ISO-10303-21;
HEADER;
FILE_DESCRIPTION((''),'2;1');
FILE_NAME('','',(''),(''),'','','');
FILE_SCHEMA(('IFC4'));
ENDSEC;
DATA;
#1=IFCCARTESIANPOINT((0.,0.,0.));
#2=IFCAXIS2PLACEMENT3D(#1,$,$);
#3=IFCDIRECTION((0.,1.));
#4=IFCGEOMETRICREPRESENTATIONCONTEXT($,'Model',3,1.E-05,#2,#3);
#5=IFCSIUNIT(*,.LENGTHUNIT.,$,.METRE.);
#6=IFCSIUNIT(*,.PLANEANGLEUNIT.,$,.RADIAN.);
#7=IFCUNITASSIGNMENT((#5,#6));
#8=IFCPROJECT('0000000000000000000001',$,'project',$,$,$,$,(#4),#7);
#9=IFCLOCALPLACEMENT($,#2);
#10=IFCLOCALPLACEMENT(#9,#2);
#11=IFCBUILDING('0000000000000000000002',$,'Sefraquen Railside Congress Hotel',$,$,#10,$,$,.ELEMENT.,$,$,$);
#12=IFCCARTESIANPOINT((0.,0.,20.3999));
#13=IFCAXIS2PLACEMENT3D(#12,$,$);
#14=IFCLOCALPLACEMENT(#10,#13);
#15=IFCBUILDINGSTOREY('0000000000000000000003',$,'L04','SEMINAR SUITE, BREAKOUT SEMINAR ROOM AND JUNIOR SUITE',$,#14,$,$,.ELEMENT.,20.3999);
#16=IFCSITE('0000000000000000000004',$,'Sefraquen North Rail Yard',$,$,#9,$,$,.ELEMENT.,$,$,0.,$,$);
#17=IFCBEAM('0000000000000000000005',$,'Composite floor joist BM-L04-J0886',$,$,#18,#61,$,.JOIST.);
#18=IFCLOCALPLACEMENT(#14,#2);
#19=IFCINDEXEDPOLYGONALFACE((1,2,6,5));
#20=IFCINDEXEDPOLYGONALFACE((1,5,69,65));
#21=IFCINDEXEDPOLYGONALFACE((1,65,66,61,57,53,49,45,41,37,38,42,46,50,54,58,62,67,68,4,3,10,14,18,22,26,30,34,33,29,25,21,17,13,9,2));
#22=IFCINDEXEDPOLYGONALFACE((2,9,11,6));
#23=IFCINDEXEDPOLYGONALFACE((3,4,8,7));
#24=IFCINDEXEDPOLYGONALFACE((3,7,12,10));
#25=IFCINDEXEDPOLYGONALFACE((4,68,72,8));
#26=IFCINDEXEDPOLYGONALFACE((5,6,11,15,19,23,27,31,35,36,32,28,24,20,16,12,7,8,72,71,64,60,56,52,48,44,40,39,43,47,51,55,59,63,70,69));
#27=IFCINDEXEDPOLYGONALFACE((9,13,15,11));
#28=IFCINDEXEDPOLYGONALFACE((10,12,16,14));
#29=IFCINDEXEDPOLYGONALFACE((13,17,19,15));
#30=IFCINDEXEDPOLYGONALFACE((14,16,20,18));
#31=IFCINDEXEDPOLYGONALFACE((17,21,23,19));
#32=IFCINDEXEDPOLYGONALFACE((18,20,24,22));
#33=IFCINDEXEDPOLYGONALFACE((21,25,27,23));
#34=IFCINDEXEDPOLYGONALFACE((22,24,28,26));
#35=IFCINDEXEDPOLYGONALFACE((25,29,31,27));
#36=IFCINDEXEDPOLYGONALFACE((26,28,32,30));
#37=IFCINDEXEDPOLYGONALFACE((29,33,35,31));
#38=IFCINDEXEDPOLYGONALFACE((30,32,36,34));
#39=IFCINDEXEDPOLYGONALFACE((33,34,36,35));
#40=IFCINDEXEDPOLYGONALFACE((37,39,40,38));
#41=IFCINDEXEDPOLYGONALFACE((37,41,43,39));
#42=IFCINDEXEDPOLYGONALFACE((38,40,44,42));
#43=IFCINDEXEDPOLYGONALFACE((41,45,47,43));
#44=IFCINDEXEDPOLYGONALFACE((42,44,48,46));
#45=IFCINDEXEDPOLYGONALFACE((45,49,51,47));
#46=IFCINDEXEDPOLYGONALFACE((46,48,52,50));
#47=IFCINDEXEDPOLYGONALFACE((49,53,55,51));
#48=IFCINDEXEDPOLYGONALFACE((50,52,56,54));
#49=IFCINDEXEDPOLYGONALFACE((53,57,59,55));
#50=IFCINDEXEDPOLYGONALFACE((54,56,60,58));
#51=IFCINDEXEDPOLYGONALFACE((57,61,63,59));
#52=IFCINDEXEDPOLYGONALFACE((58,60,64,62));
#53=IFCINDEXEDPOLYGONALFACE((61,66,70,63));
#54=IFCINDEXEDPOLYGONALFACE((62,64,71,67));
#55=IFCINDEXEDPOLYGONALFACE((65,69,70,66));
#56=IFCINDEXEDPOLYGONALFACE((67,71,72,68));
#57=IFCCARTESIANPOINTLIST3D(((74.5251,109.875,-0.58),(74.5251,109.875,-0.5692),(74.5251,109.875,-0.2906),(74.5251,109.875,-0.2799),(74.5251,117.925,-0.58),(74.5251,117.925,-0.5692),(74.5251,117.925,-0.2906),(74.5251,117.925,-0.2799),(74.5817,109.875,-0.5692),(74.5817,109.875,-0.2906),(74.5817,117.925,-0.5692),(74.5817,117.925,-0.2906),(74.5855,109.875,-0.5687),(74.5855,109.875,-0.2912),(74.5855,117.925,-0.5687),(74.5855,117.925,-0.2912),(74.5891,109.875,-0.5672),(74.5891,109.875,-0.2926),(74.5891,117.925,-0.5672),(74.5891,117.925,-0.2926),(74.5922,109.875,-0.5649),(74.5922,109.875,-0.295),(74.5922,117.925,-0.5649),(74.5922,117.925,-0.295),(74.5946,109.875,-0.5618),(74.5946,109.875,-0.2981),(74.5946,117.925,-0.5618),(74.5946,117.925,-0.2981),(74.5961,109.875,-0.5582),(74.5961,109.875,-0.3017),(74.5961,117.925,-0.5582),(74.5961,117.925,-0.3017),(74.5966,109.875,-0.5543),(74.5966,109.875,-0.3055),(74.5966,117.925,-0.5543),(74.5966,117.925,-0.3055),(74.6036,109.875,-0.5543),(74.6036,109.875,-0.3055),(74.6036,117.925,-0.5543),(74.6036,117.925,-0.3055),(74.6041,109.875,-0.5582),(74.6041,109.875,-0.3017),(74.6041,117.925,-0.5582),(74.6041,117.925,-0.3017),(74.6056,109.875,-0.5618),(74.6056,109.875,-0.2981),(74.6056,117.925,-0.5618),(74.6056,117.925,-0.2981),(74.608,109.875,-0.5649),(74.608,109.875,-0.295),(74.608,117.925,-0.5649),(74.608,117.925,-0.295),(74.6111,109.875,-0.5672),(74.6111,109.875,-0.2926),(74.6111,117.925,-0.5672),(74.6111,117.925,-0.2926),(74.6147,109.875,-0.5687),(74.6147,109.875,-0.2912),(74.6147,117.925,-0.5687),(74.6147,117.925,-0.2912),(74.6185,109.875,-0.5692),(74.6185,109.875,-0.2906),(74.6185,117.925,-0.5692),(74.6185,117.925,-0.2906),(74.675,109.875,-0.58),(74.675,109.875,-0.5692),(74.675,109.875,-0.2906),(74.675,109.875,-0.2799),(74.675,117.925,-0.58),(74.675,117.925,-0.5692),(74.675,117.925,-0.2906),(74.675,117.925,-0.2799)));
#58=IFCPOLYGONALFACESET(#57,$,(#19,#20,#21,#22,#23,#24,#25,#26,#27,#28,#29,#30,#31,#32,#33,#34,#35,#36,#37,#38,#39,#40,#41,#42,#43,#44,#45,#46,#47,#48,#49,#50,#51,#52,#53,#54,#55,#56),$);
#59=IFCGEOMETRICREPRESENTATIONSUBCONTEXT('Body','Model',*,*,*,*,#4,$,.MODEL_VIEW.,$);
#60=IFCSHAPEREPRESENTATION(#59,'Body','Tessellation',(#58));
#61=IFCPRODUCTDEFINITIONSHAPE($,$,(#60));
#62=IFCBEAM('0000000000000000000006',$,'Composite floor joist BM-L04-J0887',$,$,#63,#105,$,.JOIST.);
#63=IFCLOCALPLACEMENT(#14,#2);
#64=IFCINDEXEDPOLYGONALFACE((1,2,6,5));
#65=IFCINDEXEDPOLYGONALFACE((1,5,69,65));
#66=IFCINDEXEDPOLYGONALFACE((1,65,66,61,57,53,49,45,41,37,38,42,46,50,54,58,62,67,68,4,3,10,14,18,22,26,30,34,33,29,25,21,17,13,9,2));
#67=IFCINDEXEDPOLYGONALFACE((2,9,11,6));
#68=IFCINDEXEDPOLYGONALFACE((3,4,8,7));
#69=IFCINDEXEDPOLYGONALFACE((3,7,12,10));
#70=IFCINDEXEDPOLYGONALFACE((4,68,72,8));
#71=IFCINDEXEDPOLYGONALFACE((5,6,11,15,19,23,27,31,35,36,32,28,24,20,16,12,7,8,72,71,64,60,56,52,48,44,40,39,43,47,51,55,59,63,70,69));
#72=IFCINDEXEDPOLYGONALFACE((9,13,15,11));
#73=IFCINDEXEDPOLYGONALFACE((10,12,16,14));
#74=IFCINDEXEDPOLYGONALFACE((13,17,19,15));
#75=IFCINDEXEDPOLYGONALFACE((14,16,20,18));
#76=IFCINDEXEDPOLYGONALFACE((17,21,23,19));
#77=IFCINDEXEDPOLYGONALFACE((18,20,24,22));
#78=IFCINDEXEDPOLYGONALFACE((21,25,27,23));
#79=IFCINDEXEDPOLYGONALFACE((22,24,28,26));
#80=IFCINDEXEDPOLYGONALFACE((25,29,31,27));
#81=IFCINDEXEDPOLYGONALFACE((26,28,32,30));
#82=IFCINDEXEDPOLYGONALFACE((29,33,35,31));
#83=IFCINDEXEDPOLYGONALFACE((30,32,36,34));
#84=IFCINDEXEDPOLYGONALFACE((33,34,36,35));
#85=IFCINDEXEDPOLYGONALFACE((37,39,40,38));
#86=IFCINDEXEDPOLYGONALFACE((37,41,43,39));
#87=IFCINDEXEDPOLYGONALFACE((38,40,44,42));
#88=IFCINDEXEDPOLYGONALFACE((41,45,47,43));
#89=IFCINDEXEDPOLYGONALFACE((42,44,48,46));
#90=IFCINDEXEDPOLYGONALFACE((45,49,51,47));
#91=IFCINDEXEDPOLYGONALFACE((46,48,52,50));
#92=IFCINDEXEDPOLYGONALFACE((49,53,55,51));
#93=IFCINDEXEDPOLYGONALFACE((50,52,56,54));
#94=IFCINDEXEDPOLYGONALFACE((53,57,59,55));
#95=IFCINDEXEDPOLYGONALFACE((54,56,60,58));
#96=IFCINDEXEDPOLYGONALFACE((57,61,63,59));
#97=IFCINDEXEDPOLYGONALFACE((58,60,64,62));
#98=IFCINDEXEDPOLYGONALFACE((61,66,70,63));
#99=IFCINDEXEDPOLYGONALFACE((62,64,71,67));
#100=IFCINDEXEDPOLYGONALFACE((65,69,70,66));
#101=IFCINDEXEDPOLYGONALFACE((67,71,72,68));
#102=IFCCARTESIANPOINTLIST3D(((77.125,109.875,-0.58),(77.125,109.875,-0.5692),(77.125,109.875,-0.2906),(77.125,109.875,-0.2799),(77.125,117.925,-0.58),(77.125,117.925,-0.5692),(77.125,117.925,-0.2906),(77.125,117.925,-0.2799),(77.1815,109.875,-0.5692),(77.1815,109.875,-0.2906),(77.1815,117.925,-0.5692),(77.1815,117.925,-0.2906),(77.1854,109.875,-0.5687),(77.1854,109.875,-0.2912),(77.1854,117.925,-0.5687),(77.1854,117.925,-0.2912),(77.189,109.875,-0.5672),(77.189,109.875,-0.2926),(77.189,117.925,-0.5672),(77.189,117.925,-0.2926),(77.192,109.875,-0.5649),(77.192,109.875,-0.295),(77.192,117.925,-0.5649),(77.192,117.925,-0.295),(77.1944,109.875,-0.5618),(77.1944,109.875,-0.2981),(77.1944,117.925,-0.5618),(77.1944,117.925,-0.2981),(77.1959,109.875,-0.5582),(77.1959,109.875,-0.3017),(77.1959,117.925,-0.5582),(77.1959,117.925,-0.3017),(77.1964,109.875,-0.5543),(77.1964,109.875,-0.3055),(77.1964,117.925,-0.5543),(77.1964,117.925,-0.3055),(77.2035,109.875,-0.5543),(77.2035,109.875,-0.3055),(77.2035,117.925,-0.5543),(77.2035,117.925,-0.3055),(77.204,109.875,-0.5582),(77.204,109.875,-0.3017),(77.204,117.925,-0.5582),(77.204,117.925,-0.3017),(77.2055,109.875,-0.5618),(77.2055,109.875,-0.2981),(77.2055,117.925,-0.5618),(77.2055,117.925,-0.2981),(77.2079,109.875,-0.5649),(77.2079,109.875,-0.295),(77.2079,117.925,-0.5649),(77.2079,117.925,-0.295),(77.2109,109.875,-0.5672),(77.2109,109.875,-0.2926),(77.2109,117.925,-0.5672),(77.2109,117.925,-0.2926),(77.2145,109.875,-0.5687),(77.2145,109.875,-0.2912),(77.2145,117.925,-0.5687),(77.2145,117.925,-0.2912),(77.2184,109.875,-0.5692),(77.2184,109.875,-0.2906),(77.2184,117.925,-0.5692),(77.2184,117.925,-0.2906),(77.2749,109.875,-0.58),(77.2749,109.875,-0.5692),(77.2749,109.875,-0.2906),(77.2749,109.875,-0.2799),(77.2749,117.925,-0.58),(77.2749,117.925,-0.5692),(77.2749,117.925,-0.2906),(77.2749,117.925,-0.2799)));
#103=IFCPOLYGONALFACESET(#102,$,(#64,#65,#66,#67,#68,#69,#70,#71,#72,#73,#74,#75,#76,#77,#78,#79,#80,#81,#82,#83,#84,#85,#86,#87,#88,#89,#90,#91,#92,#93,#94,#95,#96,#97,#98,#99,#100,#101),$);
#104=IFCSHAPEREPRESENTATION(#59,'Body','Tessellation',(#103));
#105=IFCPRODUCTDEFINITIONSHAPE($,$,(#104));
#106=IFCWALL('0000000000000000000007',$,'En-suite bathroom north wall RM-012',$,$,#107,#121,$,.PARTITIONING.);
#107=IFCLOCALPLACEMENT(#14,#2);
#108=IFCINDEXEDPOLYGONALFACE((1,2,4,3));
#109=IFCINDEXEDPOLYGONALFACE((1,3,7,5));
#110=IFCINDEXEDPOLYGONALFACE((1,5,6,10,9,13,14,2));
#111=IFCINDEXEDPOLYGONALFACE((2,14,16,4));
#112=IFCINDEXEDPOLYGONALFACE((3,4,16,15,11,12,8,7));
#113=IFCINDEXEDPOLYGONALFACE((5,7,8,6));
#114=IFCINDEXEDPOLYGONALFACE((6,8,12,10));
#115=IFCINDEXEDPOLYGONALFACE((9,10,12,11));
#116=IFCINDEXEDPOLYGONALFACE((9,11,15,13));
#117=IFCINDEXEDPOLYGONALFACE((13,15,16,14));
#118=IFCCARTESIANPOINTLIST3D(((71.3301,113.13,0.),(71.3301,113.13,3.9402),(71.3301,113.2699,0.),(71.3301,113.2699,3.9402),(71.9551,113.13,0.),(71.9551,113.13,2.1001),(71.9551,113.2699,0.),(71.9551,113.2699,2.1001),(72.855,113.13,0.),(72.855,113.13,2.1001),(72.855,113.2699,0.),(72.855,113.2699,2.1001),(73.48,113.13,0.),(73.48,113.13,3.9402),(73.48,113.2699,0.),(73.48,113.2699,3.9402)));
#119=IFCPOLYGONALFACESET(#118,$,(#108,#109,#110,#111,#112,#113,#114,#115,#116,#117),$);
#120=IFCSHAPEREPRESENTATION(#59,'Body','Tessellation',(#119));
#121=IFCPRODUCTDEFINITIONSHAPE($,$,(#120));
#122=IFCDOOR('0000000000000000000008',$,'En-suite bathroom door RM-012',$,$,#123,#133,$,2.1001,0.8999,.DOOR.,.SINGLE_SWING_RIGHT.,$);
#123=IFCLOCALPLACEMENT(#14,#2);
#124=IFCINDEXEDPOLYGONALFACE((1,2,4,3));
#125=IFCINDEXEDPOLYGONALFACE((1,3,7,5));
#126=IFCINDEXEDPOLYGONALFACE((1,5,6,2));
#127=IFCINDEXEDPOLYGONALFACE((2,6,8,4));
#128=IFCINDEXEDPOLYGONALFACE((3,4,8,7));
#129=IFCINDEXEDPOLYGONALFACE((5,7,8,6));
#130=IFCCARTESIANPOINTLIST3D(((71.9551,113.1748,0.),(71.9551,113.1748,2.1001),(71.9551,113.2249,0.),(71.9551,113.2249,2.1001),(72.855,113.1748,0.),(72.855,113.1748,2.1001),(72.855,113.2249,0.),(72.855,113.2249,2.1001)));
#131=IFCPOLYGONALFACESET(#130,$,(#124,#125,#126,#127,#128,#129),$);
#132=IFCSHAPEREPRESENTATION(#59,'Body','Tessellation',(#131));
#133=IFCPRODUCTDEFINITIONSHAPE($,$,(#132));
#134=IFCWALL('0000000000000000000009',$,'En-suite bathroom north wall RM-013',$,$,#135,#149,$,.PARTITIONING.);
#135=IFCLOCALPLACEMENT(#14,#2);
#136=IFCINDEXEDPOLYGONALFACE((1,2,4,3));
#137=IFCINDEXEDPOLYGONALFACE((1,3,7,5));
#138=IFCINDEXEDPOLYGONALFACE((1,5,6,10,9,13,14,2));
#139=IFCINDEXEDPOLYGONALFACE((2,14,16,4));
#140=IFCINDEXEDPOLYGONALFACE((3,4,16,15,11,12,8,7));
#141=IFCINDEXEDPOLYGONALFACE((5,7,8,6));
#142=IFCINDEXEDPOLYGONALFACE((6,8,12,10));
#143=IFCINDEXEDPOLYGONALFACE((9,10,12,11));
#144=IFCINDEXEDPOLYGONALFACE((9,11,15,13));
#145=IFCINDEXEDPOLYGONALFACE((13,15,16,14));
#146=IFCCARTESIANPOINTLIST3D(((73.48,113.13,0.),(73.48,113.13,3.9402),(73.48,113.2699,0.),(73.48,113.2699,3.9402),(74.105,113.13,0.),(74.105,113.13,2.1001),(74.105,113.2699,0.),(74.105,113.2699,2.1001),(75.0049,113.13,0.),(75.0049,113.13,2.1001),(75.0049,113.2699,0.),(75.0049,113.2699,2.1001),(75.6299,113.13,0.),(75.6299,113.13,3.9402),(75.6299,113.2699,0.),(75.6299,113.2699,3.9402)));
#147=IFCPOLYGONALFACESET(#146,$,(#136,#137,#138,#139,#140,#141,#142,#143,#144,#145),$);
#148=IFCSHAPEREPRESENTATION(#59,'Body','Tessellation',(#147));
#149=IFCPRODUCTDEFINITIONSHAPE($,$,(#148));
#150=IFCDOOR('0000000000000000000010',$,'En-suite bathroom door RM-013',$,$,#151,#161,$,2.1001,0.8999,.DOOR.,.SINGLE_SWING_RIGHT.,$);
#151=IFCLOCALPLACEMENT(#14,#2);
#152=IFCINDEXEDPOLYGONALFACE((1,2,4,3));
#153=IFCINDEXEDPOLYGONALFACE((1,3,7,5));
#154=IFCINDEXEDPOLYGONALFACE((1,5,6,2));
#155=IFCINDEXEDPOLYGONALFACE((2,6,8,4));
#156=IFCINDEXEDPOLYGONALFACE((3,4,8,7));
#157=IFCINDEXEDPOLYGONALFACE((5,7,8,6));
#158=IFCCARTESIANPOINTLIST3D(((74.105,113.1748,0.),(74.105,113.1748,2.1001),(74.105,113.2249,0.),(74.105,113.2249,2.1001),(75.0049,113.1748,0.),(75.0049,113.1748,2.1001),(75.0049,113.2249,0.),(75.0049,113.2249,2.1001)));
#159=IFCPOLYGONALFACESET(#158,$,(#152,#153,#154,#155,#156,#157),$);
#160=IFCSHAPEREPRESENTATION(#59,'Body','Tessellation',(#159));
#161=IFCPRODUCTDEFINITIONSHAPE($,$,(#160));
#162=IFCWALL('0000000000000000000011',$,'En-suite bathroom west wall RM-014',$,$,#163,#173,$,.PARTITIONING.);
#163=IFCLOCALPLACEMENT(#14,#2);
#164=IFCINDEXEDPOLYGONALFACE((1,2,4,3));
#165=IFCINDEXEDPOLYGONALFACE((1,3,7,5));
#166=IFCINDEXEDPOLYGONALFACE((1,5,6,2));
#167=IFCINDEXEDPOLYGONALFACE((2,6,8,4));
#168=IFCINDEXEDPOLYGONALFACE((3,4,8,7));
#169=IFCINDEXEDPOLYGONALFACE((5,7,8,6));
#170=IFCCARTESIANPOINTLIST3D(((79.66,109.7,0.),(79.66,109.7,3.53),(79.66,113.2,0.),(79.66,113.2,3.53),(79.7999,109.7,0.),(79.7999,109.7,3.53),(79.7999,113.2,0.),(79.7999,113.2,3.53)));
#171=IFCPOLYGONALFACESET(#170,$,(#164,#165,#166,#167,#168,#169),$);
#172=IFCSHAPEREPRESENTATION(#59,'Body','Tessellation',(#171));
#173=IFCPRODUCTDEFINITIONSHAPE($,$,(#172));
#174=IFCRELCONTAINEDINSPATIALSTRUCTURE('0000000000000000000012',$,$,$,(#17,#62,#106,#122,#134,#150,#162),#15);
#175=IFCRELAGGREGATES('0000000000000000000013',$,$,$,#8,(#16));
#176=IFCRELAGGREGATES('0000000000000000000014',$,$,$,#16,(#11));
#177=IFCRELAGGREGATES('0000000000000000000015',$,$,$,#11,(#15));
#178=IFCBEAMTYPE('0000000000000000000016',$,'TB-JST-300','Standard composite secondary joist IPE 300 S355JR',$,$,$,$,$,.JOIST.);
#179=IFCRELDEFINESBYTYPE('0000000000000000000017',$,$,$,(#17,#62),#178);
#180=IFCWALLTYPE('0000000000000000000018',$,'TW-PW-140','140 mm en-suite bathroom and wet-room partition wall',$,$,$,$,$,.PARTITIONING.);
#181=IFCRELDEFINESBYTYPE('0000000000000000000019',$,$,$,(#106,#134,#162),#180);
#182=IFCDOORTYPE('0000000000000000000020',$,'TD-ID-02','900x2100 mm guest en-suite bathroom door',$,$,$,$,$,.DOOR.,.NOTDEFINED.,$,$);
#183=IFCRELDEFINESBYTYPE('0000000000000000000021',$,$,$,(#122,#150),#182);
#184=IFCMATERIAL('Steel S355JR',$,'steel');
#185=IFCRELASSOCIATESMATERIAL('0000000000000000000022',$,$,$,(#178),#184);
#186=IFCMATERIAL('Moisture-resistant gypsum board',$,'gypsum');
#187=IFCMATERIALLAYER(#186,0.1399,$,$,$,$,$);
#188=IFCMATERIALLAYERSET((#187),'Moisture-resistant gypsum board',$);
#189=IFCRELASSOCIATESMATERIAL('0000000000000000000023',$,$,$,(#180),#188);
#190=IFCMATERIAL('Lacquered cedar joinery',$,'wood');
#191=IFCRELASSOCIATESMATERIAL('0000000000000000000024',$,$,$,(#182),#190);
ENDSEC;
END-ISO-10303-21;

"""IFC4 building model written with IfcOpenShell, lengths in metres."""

from ifc_helpers import new_model, si_unit, direction, frame, frame_2d, origin, origin_2d, place, context, subcontext, project, spatial, rectangle, i_section, extrude, material, layer, layer_set, material_profile, profile_set, type_object, element, fill, save


model = new_model("IFC4")

# Units and contexts
model_context = context("Model", 3, precision=1e-05, world=origin(), true_north=direction((0.0, 1.0)))
body_context = subcontext(model_context, "Body", "Model", "MODEL_VIEW")
ifc_project = project(units=[si_unit("LENGTHUNIT", "METRE"), si_unit("PLANEANGLEUNIT", "RADIAN")], contexts=[model_context])

# Site, building, storey
site_placement = place(None, origin())
site = spatial("IfcSite", under=ifc_project, at=site_placement, Name="Sefraquen North Rail Yard", CompositionType="ELEMENT", RefElevation=0.0)
building_placement = place(site_placement, origin())
building = spatial("IfcBuilding", under=site, at=building_placement, Name="Sefraquen Railside Congress Hotel", CompositionType="ELEMENT")
storey_placement = place(building_placement, frame((0.0, 0.0, 20.3999)))
storey = spatial("IfcBuildingStorey", under=building, at=storey_placement, Name="L04", Description="SEMINAR SUITE, BREAKOUT SEMINAR ROOM AND JUNIOR SUITE", CompositionType="ELEMENT", Elevation=20.3999)

# Shared definitions
ifc_material_1 = material(Name="Steel S355JR", Category="steel")

# Beams
ifc_material_profile_1 = material_profile(ifc_material_1, i_section(OverallWidth=0.1499, OverallDepth=0.3, WebThickness=0.0071, FlangeThickness=0.0107, FilletRadius=0.0149, at=origin_2d()), Name="IPE 300")
ifc_profile_set_1 = profile_set([ifc_material_profile_1], Name="Steel S355JR")
beam_type_1 = type_object("IfcBeamType", Name="TB-JST-300", Description="Standard composite secondary joist IPE 300 S355JR", PredefinedType="JOIST", material=ifc_profile_set_1)
for number, where, z_axis, x_axis, name in (
    (1, (74.6001, 109.875, -0.4299), (0.0, 1.0, 0.0), (-1.0, 0.0, 0.0), "Composite floor joist BM-L04-J0886"),
    (2, (77.2, 109.875, -0.4299), (0.0, 1.0, 0.0), (-1.0, 0.0, 0.0), "Composite floor joist BM-L04-J0887"),
):
    element("IfcBeam", number, at=place(storey_placement, frame(where, z_axis=z_axis, x_axis=x_axis)), inside=storey, type_object=beam_type_1, Name=name, PredefinedType="JOIST", context=body_context, shape_type="SweptSolid", body=[
        extrude(i_section(OverallWidth=0.1499, OverallDepth=0.3, WebThickness=0.0071, FlangeThickness=0.0107, FilletRadius=0.0149, at=origin_2d()), origin(), (0.0, 0.0, 1.0), 8.05),
    ])

# Walls, openings, doors
ifc_material_2 = material(Name="Moisture-resistant gypsum board", Category="gypsum")
ifc_layer = layer(ifc_material_2, 0.1399)
ifc_layer_set = layer_set([ifc_layer], Name="Moisture-resistant gypsum board")
wall_type = type_object("IfcWallType", Name="TW-PW-140", Description="140 mm en-suite bathroom and wet-room partition wall", PredefinedType="PARTITIONING", material=ifc_layer_set)
wall_1_placement = place(storey_placement, frame((71.3301, 113.2, 0.0), z_axis=(0.0, 0.0, 1.0), x_axis=(1.0, 0.0, 0.0)))
wall_1 = element("IfcWall", 3, at=wall_1_placement, inside=storey, type_object=wall_type, Name="En-suite bathroom north wall RM-012", PredefinedType="PARTITIONING", context=body_context, shape_type="SweptSolid", body=[
    extrude(rectangle(XDim=2.1499, YDim=0.1399, at=frame_2d((1.075, 0.0))), origin(), (0.0, 0.0, 1.0), 3.9402),
])
opening_1_placement = place(wall_1_placement, frame((0.625, 0.0, 0.0)))
opening_1 = element("IfcOpeningElement", 4, at=opening_1_placement, cuts=wall_1, PredefinedType="OPENING", context=body_context, shape_type="SweptSolid", body=[
    extrude(rectangle(XDim=0.8999, YDim=2.1001, at=frame_2d((0.45, 1.05))), frame((0.0, 0.0798, 0.0), z_axis=(0.0, -1.0, 0.0), x_axis=(1.0, 0.0, 0.0)), (0.0, 0.0, 1.0), 0.1599),
])
ifc_material_3 = material(Name="Lacquered cedar joinery", Category="wood")
door_type = type_object("IfcDoorType", Name="TD-ID-02", Description="900x2100 mm guest en-suite bathroom door", OperationType="NOTDEFINED", PredefinedType="DOOR", material=ifc_material_3)
door_1_placement = place(opening_1_placement, origin())
door_1 = element("IfcDoor", 5, at=door_1_placement, inside=storey, type_object=door_type, Name="En-suite bathroom door RM-012", OperationType="SINGLE_SWING_RIGHT", OverallHeight=2.1001, OverallWidth=0.8999, PredefinedType="DOOR", context=body_context, shape_type="SweptSolid", body=[
    extrude(rectangle(XDim=0.8999, YDim=2.1001, at=frame_2d((0.45, 1.05))), frame((0.0, 0.0249, 0.0), z_axis=(0.0, -1.0, 0.0), x_axis=(1.0, 0.0, 0.0)), (0.0, 0.0, 1.0), 0.05),
])
fill(opening_1, door_1)
wall_2_placement = place(storey_placement, frame((73.48, 113.2, 0.0), z_axis=(0.0, 0.0, 1.0), x_axis=(1.0, 0.0, 0.0)))
wall_2 = element("IfcWall", 6, at=wall_2_placement, inside=storey, type_object=wall_type, Name="En-suite bathroom north wall RM-013", PredefinedType="PARTITIONING", context=body_context, shape_type="SweptSolid", body=[
    extrude(rectangle(XDim=2.1499, YDim=0.1399, at=frame_2d((1.075, 0.0))), origin(), (0.0, 0.0, 1.0), 3.9402),
])
opening_2_placement = place(wall_2_placement, frame((0.625, 0.0, 0.0)))
opening_2 = element("IfcOpeningElement", 7, at=opening_2_placement, cuts=wall_2, PredefinedType="OPENING", context=body_context, shape_type="SweptSolid", body=[
    extrude(rectangle(XDim=0.8999, YDim=2.1001, at=frame_2d((0.45, 1.05))), frame((0.0, 0.0798, 0.0), z_axis=(0.0, -1.0, 0.0), x_axis=(1.0, 0.0, 0.0)), (0.0, 0.0, 1.0), 0.1599),
])
door_2_placement = place(opening_2_placement, origin())
door_2 = element("IfcDoor", 8, at=door_2_placement, inside=storey, type_object=door_type, Name="En-suite bathroom door RM-013", OperationType="SINGLE_SWING_RIGHT", OverallHeight=2.1001, OverallWidth=0.8999, PredefinedType="DOOR", context=body_context, shape_type="SweptSolid", body=[
    extrude(rectangle(XDim=0.8999, YDim=2.1001, at=frame_2d((0.45, 1.05))), frame((0.0, 0.0249, 0.0), z_axis=(0.0, -1.0, 0.0), x_axis=(1.0, 0.0, 0.0)), (0.0, 0.0, 1.0), 0.05),
])
fill(opening_2, door_2)

# Wall
wall_3_placement = place(storey_placement, frame((79.73, 109.7, 0.0), z_axis=(0.0, 0.0, 1.0), x_axis=(0.0, 1.0, 0.0)))
element("IfcWall", 9, at=wall_3_placement, inside=storey, type_object=wall_type, Name="En-suite bathroom west wall RM-014", PredefinedType="PARTITIONING", context=body_context, shape_type="SweptSolid", body=[
    extrude(rectangle(XDim=3.5, YDim=0.1399, at=frame_2d((1.75, 0.0))), origin(), (0.0, 0.0, 1.0), 3.53),
])

save(model, "model.ifc")
